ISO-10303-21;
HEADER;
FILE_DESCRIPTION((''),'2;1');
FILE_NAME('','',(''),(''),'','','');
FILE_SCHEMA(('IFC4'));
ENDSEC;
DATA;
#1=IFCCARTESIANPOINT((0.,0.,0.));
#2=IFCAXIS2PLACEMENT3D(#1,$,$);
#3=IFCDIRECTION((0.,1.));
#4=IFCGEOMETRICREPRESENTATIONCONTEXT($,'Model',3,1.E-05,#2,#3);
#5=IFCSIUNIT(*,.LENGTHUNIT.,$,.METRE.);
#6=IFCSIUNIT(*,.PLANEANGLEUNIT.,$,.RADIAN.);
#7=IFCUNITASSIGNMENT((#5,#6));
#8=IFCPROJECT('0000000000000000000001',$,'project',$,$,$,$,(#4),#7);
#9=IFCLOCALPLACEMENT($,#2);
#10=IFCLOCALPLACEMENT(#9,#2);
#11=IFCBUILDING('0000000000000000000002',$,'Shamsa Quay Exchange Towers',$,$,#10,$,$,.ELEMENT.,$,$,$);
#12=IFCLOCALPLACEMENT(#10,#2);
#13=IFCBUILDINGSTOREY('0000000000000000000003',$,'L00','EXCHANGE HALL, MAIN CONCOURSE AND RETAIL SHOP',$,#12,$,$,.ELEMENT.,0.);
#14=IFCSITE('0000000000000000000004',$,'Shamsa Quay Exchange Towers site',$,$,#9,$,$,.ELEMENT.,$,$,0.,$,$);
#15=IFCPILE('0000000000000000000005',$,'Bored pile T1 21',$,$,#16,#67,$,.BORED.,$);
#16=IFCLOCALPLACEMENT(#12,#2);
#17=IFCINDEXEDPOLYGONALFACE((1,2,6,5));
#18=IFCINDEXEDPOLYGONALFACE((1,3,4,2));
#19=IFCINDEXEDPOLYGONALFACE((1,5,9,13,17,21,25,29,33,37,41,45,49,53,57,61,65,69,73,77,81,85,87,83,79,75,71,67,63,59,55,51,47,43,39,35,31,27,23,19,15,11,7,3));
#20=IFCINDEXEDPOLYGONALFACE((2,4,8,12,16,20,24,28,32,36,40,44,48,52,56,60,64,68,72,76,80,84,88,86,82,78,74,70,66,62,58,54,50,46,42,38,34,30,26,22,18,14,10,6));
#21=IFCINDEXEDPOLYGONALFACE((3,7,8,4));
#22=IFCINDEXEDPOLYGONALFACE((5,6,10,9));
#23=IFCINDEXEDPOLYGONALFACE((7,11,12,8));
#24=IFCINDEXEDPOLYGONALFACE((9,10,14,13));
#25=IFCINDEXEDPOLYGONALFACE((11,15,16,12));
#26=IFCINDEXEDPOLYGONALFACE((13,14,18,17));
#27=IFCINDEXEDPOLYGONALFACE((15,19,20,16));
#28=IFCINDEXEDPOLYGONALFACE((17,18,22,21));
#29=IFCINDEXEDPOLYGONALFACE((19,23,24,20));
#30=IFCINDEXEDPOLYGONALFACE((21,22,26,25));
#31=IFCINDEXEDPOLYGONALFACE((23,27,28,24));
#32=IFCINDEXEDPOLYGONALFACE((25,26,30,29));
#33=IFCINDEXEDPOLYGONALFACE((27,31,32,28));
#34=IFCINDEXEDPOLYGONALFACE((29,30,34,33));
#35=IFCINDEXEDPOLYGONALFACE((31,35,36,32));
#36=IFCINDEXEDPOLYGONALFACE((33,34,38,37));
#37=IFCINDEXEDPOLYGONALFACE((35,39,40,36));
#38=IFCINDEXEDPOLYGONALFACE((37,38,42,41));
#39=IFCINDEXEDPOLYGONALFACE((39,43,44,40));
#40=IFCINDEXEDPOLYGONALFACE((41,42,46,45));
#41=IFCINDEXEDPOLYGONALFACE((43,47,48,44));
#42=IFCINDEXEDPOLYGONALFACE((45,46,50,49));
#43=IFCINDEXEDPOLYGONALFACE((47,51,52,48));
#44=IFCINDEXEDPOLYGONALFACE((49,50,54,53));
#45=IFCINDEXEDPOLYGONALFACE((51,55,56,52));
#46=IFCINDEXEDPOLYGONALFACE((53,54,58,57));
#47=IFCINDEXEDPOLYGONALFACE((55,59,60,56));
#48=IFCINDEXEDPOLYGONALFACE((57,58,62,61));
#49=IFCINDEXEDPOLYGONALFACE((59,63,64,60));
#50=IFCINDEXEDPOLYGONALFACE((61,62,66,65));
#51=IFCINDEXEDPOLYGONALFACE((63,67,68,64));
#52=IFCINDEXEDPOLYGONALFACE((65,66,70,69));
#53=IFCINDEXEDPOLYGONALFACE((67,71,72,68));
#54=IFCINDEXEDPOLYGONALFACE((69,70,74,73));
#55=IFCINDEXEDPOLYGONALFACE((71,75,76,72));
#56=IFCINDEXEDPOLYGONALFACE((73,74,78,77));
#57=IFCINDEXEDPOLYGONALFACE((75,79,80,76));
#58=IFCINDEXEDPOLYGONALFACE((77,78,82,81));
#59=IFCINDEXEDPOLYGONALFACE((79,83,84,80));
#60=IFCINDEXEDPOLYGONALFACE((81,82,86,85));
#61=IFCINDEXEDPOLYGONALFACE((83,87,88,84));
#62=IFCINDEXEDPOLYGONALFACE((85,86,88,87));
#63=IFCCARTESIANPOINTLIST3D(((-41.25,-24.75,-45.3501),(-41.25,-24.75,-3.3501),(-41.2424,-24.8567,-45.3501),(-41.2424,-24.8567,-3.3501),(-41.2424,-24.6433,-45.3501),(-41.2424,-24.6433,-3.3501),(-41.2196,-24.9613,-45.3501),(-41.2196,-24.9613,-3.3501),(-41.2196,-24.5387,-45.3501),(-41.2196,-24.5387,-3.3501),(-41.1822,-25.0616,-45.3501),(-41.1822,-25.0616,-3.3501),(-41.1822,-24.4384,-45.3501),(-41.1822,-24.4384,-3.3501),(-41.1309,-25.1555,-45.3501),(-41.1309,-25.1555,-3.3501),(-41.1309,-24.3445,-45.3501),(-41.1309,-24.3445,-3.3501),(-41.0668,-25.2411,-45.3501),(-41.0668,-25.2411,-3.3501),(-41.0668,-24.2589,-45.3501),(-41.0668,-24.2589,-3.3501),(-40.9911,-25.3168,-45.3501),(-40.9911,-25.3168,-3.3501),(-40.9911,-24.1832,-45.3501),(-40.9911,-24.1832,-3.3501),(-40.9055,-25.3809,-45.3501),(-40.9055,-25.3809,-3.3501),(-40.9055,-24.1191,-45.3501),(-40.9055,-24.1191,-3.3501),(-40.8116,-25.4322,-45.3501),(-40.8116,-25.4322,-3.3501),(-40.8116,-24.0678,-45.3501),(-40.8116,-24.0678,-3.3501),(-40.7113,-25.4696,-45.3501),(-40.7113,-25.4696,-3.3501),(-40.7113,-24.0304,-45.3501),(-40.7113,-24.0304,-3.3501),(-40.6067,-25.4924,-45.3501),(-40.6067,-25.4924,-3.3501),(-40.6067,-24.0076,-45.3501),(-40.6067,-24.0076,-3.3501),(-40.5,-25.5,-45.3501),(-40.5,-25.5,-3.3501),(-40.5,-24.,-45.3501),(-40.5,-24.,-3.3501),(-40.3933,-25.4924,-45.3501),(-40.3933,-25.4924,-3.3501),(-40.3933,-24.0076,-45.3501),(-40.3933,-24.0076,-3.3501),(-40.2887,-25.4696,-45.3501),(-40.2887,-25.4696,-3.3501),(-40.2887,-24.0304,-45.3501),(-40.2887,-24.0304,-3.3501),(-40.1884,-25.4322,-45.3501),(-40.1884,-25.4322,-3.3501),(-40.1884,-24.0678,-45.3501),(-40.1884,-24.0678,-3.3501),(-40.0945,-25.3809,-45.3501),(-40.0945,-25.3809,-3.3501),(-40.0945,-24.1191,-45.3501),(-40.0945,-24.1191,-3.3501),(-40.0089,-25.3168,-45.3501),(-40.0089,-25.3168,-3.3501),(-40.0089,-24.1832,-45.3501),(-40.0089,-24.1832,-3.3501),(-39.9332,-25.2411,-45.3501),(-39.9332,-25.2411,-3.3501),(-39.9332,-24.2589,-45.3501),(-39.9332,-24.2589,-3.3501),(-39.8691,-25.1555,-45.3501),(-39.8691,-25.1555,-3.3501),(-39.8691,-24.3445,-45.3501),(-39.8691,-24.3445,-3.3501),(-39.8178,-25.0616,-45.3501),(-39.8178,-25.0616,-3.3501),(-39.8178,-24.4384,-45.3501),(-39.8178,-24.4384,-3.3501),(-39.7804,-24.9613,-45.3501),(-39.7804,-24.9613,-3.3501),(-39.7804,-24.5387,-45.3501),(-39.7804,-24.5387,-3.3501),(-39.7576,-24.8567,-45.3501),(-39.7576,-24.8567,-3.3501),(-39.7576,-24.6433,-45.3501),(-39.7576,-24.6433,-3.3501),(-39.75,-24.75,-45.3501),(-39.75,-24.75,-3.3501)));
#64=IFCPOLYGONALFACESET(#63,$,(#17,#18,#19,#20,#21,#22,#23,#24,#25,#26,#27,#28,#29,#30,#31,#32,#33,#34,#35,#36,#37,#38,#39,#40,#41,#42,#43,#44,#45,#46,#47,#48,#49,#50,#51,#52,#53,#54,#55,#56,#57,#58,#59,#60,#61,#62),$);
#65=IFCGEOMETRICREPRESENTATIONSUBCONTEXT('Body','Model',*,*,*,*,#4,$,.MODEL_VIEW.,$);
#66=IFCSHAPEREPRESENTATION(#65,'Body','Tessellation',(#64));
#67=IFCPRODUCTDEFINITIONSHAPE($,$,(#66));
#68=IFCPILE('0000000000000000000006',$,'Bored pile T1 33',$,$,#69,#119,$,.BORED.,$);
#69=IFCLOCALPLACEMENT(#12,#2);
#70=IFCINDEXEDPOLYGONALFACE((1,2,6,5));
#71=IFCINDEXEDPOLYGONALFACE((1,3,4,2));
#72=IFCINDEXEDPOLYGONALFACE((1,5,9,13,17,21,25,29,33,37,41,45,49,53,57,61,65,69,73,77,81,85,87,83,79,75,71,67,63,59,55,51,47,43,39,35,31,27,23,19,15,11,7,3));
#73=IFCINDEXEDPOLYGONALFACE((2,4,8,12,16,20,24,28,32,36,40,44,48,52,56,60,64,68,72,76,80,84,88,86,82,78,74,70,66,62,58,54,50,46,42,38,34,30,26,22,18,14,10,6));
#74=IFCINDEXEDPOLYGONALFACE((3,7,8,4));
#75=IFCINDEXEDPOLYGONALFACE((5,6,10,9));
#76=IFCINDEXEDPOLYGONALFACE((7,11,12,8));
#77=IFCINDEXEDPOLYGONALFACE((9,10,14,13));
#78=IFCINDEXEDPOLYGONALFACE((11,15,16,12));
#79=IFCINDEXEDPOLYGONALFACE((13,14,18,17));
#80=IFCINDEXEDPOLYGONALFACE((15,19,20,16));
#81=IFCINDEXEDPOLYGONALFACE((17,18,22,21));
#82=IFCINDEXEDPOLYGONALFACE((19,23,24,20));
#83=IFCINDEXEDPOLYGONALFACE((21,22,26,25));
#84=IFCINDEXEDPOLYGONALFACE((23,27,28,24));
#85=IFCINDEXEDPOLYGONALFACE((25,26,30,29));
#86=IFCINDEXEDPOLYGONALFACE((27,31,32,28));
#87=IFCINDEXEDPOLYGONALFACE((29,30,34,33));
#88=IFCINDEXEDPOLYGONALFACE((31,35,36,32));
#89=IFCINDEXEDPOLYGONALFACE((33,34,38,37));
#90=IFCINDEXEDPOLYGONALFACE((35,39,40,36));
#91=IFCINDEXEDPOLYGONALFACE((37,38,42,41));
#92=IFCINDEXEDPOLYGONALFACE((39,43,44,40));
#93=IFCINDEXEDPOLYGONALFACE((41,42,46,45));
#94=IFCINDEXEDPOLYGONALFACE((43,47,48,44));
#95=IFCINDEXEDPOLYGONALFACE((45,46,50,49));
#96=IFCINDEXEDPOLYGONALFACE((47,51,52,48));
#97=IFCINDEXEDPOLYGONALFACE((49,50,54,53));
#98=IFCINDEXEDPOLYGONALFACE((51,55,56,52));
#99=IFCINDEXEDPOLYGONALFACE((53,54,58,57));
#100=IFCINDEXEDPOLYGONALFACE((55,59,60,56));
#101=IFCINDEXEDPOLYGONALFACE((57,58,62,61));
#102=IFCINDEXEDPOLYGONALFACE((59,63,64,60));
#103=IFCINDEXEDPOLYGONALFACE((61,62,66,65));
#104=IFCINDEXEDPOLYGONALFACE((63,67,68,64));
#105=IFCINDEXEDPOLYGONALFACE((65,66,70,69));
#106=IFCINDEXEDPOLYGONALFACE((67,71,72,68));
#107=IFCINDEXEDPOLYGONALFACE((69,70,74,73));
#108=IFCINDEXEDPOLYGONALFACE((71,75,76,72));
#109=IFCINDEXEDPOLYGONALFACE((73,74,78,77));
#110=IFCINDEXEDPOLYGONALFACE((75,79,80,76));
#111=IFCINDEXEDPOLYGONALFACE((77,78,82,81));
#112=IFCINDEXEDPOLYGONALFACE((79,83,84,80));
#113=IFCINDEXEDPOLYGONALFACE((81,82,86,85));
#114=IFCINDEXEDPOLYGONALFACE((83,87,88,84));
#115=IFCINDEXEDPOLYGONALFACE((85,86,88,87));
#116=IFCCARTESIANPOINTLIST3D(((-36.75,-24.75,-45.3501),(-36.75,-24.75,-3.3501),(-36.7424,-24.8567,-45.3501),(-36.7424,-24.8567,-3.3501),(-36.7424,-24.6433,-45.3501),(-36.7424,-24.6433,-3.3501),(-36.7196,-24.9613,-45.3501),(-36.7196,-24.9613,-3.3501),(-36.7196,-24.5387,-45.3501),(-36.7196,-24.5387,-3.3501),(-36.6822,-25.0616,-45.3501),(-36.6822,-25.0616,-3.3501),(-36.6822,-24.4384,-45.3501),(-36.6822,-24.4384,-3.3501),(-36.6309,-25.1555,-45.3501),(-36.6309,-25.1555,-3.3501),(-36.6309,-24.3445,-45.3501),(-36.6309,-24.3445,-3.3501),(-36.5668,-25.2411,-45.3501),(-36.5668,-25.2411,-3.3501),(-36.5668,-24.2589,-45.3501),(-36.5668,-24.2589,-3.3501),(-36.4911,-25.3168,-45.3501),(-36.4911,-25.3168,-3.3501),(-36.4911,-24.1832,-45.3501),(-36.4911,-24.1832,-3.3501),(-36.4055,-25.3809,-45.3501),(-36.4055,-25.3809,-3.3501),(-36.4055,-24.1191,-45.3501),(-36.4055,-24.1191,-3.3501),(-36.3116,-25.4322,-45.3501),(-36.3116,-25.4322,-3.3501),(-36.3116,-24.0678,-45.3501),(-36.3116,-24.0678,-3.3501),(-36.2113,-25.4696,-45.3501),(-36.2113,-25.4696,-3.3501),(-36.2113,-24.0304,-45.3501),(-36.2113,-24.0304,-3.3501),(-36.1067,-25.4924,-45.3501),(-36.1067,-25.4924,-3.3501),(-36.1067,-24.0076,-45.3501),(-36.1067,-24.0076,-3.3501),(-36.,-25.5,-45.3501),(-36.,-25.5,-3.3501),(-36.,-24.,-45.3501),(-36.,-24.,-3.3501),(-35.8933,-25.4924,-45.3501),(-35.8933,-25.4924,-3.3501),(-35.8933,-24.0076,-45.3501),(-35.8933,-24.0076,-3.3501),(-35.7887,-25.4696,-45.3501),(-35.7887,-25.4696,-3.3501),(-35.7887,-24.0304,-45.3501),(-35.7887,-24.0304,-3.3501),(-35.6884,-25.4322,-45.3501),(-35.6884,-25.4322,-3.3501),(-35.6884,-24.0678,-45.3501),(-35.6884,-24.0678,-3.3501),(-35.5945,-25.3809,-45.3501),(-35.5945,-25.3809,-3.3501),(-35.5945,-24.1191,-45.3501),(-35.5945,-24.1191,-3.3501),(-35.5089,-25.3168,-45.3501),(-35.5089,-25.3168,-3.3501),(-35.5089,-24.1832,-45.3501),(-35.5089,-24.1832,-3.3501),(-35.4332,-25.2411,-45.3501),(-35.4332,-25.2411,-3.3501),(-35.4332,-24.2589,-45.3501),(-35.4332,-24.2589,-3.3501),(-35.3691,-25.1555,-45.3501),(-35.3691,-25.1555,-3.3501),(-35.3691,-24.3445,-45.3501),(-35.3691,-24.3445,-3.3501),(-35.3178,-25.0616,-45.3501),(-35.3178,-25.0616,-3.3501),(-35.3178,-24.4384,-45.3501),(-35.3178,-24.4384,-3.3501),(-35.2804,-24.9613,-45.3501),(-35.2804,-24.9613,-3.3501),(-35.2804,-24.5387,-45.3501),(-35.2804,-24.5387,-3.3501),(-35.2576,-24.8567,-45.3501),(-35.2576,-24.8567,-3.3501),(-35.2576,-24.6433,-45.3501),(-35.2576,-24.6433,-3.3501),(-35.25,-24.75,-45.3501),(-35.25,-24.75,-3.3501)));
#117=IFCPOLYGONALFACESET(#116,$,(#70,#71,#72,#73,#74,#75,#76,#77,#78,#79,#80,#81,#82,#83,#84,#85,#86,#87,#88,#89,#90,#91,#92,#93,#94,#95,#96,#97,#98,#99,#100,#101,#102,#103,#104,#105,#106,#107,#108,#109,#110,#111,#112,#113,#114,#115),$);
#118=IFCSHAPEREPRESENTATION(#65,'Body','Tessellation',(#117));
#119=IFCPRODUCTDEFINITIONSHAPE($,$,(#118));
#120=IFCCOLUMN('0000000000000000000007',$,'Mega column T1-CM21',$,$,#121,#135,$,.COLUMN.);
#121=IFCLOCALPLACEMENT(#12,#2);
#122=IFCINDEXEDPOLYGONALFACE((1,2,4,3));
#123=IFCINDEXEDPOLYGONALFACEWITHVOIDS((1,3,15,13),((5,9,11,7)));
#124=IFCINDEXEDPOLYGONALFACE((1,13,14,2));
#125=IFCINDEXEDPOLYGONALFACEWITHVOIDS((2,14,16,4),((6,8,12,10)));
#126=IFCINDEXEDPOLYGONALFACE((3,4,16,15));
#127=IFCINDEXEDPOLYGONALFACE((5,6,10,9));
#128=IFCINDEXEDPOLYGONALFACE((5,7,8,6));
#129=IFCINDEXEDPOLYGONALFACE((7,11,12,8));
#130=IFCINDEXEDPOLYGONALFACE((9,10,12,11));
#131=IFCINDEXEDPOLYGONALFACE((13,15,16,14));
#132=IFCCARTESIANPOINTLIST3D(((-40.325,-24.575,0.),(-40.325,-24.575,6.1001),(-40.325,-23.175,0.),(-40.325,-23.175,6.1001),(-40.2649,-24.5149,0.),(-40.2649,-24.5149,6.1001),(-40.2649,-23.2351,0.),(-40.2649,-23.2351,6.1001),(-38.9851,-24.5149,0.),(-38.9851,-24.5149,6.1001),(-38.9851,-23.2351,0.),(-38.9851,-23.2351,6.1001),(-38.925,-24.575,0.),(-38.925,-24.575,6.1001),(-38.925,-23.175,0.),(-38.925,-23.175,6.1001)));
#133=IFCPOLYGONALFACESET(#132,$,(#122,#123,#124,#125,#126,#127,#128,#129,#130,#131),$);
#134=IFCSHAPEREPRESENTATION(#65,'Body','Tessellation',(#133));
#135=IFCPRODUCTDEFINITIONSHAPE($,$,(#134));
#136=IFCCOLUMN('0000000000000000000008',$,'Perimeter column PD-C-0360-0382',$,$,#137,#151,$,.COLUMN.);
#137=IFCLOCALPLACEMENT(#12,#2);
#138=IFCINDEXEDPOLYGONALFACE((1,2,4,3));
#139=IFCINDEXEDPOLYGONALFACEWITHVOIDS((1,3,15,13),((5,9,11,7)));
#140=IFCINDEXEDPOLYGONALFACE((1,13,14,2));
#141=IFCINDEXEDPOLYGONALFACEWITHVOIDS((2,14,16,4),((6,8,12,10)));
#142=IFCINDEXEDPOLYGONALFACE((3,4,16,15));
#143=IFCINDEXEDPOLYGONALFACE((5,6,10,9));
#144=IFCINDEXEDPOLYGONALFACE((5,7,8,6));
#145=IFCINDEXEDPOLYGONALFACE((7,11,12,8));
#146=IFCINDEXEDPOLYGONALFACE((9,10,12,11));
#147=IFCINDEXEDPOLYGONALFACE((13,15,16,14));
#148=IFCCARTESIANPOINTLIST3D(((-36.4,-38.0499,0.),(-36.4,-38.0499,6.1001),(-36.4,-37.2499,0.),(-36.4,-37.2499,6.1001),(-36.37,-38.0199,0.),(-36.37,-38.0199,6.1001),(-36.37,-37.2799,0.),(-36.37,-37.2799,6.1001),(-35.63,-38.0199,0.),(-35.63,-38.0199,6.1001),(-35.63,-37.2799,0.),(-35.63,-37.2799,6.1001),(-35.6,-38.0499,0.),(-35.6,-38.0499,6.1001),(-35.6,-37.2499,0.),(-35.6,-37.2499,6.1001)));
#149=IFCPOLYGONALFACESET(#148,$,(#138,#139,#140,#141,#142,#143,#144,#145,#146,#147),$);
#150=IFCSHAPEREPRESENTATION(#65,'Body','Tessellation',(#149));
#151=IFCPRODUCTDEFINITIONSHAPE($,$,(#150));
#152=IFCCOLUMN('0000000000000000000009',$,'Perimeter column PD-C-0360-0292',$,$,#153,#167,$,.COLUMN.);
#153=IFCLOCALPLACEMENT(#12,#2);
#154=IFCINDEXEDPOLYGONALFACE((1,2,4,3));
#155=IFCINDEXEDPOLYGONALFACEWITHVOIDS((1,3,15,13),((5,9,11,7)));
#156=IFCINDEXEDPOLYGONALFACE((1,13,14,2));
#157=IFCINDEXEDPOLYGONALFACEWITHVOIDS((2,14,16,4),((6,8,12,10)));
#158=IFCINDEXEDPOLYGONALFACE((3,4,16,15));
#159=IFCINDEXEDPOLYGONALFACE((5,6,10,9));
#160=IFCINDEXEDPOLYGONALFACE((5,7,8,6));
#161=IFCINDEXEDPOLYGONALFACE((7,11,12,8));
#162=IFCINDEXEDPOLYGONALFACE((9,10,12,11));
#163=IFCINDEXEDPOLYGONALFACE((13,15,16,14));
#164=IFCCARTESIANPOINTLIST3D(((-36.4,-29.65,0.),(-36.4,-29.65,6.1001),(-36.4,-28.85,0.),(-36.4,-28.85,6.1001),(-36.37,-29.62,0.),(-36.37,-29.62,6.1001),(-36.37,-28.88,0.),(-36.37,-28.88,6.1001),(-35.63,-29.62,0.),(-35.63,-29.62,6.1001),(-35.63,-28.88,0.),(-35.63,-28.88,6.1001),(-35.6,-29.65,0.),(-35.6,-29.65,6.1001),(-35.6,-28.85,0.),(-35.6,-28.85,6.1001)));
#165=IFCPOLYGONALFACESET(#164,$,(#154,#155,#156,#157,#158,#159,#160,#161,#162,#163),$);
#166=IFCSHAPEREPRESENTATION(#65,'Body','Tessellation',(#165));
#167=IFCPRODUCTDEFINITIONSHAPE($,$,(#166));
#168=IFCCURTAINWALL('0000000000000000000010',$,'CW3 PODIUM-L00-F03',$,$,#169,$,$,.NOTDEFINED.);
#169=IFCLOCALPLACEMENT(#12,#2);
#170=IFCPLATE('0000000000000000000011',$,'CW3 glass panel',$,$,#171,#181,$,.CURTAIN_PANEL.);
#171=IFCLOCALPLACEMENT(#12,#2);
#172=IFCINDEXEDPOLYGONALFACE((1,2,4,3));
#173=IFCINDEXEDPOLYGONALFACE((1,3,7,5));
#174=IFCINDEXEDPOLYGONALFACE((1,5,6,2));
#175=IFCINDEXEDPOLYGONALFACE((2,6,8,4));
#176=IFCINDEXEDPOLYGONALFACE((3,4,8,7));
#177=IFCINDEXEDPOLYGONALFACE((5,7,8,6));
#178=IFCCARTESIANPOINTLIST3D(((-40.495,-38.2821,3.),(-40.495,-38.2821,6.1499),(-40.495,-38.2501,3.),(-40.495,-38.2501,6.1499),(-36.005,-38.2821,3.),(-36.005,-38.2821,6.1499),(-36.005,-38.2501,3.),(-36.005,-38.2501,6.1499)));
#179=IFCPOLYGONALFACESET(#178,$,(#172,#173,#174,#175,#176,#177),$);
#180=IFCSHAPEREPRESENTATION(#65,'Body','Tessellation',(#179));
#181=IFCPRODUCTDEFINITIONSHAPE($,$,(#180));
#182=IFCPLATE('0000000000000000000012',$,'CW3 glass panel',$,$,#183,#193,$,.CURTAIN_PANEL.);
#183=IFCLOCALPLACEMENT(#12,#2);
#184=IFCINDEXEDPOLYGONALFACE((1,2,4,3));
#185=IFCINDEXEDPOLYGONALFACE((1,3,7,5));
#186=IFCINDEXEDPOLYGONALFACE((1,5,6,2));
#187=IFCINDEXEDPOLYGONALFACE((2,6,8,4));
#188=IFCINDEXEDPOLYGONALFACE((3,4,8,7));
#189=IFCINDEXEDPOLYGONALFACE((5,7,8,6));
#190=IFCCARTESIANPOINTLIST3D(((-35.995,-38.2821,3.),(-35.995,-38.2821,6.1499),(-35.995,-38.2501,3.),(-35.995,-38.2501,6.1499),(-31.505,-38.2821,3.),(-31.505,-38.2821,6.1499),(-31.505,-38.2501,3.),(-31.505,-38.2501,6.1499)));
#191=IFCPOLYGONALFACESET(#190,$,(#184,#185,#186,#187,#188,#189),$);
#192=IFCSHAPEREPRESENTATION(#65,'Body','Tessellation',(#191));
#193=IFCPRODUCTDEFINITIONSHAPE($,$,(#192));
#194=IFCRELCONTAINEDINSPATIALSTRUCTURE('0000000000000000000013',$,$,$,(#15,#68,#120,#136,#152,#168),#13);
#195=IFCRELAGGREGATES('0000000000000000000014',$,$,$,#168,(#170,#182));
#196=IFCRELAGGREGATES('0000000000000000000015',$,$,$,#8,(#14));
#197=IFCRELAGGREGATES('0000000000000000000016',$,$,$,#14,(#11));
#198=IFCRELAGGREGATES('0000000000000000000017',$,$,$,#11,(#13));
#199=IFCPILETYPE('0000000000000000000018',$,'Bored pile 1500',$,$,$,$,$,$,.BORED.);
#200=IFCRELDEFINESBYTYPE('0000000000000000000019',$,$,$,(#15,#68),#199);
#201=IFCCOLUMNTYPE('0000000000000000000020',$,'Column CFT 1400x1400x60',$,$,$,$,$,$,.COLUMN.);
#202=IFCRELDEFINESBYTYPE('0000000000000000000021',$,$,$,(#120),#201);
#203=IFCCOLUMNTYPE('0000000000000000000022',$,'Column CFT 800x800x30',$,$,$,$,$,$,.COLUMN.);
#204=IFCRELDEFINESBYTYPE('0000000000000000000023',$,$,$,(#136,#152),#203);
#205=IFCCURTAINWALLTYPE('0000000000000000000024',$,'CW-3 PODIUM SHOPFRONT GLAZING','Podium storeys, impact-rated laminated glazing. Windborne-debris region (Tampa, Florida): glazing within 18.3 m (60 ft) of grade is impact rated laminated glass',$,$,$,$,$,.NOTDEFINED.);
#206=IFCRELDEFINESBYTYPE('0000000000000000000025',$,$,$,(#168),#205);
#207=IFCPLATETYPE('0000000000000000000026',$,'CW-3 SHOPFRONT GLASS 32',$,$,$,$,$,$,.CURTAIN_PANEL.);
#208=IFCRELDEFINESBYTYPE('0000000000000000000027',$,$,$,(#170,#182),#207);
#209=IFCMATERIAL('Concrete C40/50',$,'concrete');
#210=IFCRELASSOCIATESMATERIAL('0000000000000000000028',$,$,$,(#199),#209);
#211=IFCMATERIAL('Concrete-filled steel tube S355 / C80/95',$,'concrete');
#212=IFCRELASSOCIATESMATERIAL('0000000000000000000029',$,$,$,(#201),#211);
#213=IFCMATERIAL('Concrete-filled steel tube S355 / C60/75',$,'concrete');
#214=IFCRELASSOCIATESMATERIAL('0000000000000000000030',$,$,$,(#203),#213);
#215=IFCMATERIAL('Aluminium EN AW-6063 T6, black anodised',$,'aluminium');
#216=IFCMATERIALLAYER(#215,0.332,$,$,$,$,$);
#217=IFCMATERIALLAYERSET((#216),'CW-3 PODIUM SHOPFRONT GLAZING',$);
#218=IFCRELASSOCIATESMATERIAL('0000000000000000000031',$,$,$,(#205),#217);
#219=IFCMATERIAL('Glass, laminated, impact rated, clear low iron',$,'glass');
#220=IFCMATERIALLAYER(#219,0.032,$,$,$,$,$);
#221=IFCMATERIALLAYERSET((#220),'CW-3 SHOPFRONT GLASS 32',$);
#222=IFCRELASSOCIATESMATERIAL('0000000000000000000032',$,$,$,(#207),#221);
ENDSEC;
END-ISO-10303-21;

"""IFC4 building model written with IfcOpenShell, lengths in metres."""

from ifc_helpers import new_model, si_unit, direction, frame, origin, origin_2d, place, context, subcontext, project, spatial, rectangle, hollow_rectangle, circle, extrude, material, layer, layer_set, material_profile, profile_set, type_object, element, aggregate, save


model = new_model("IFC4")

# Units and contexts
model_context = context("Model", 3, precision=1e-05, world=origin(), true_north=direction((0.0, 1.0)))
body_context = subcontext(model_context, "Body", "Model", "MODEL_VIEW")
ifc_project = project(units=[si_unit("LENGTHUNIT", "METRE"), si_unit("PLANEANGLEUNIT", "RADIAN")], contexts=[model_context])

# Site, building, storey
site_placement = place(None, origin())
site = spatial("IfcSite", under=ifc_project, at=site_placement, Name="Shamsa Quay Exchange Towers site", CompositionType="ELEMENT", RefElevation=0.0)
building_placement = place(site_placement, origin())
building = spatial("IfcBuilding", under=site, at=building_placement, Name="Shamsa Quay Exchange Towers", CompositionType="ELEMENT")
storey_placement = place(building_placement, origin())
storey = spatial("IfcBuildingStorey", under=building, at=storey_placement, Name="L00", Description="EXCHANGE HALL, MAIN CONCOURSE AND RETAIL SHOP", CompositionType="ELEMENT", Elevation=0.0)

# Piles
ifc_material_1 = material(Name="Concrete C40/50", Category="concrete")
ifc_material_profile_1 = material_profile(ifc_material_1, circle(Radius=0.75, at=origin_2d()), Name="BP1500")
ifc_profile_set_1 = profile_set([ifc_material_profile_1], Name="Concrete C40/50")
pile_type_1 = type_object("IfcPileType", Name="Bored pile 1500", PredefinedType="BORED", material=ifc_profile_set_1)
for number, where, z_axis, x_axis, name in (
    (1, (-40.5, -24.75, -3.3501), (0.0, 0.0, -1.0), (1.0, 0.0, 0.0), "Bored pile T1 21"),
    (2, (-36.0, -24.75, -3.3501), (0.0, 0.0, -1.0), (1.0, 0.0, 0.0), "Bored pile T1 33"),
):
    element("IfcPile", number, at=place(storey_placement, frame(where, z_axis=z_axis, x_axis=x_axis)), inside=storey, type_object=pile_type_1, Name=name, PredefinedType="BORED", context=body_context, shape_type="SweptSolid", body=[
        extrude(circle(Radius=0.75, at=origin_2d()), origin(), (0.0, 0.0, 1.0), 42.0),
    ])

# Columns
ifc_material_2 = material(Name="Concrete-filled steel tube S355 / C80/95", Category="concrete")
ifc_material_profile_2 = material_profile(ifc_material_2, hollow_rectangle(XDim=1.3999, YDim=1.3999, WallThickness=0.0601, at=origin_2d()), Name="CFT 1400x1400x60")
ifc_profile_set_2 = profile_set([ifc_material_profile_2], Name="Concrete-filled steel tube S355 / C80/95")
column_type_1 = type_object("IfcColumnType", Name="Column CFT 1400x1400x60", PredefinedType="COLUMN", material=ifc_profile_set_2)
column_placement = place(storey_placement, frame((-39.625, -23.875, 0.0)))
element("IfcColumn", 3, at=column_placement, inside=storey, type_object=column_type_1, Name="Mega column T1-CM21", PredefinedType="COLUMN", context=body_context, shape_type="SweptSolid", body=[
    extrude(hollow_rectangle(XDim=1.3999, YDim=1.3999, WallThickness=0.0601, at=origin_2d()), origin(), (0.0, 0.0, 1.0), 6.1001),
])
ifc_material_3 = material(Name="Concrete-filled steel tube S355 / C60/75", Category="concrete")
ifc_material_profile_3 = material_profile(ifc_material_3, hollow_rectangle(XDim=0.8, YDim=0.8, WallThickness=0.03, at=origin_2d()), Name="CFT 800x800x30")
ifc_profile_set_3 = profile_set([ifc_material_profile_3], Name="Concrete-filled steel tube S355 / C60/75")
column_type_2 = type_object("IfcColumnType", Name="Column CFT 800x800x30", PredefinedType="COLUMN", material=ifc_profile_set_3)
for number, where, name in (
    (4, (-36.0, -37.6499, 0.0), "Perimeter column PD-C-0360-0382"),
    (5, (-36.0, -29.25, 0.0), "Perimeter column PD-C-0360-0292"),
):
    element("IfcColumn", number, at=place(storey_placement, frame(where)), inside=storey, type_object=column_type_2, Name=name, PredefinedType="COLUMN", context=body_context, shape_type="SweptSolid", body=[
        extrude(hollow_rectangle(XDim=0.8, YDim=0.8, WallThickness=0.03, at=origin_2d()), origin(), (0.0, 0.0, 1.0), 6.1001),
    ])

# Curtain wall, plates
ifc_material_4 = material(Name="Aluminium EN AW-6063 T6, black anodised", Category="aluminium")
ifc_layer_1 = layer(ifc_material_4, 0.332)
ifc_layer_set_1 = layer_set([ifc_layer_1], Name="CW-3 PODIUM SHOPFRONT GLAZING")
curtain_wall_type = type_object("IfcCurtainWallType", Name="CW-3 PODIUM SHOPFRONT GLAZING", Description="Podium storeys, impact-rated laminated glazing. Windborne-debris region (Tampa, Florida): glazing within 18.3 m (60 ft) of grade is impact rated laminated glass", PredefinedType="NOTDEFINED", material=ifc_layer_set_1)
curtain_wall_placement = place(storey_placement, origin())
curtain_wall = element("IfcCurtainWall", 6, at=curtain_wall_placement, inside=storey, type_object=curtain_wall_type, Name="CW3 PODIUM-L00-F03", PredefinedType="NOTDEFINED")
ifc_material_5 = material(Name="Glass, laminated, impact rated, clear low iron", Category="glass")
ifc_layer_2 = layer(ifc_material_5, 0.032)
ifc_layer_set_2 = layer_set([ifc_layer_2], Name="CW-3 SHOPFRONT GLASS 32")
plate_type = type_object("IfcPlateType", Name="CW-3 SHOPFRONT GLASS 32", PredefinedType="CURTAIN_PANEL", material=ifc_layer_set_2)
plate_1_placement = place(storey_placement, frame((-38.25, -38.2661, 3.0)))
plate_1 = element("IfcPlate", 7, at=plate_1_placement, type_object=plate_type, Name="CW3 glass panel", PredefinedType="CURTAIN_PANEL", context=body_context, shape_type="SweptSolid", body=[
    extrude(rectangle(XDim=4.49, YDim=0.032, at=origin_2d()), origin(), (0.0, 0.0, 1.0), 3.1499),
])
plate_2_placement = place(storey_placement, frame((-33.75, -38.2661, 3.0)))
plate_2 = element("IfcPlate", 8, at=plate_2_placement, type_object=plate_type, Name="CW3 glass panel", PredefinedType="CURTAIN_PANEL", context=body_context, shape_type="SweptSolid", body=[
    extrude(rectangle(XDim=4.49, YDim=0.032, at=origin_2d()), origin(), (0.0, 0.0, 1.0), 3.1499),
])
aggregate(curtain_wall, [plate_1, plate_2])

save(model, "model.ifc")
